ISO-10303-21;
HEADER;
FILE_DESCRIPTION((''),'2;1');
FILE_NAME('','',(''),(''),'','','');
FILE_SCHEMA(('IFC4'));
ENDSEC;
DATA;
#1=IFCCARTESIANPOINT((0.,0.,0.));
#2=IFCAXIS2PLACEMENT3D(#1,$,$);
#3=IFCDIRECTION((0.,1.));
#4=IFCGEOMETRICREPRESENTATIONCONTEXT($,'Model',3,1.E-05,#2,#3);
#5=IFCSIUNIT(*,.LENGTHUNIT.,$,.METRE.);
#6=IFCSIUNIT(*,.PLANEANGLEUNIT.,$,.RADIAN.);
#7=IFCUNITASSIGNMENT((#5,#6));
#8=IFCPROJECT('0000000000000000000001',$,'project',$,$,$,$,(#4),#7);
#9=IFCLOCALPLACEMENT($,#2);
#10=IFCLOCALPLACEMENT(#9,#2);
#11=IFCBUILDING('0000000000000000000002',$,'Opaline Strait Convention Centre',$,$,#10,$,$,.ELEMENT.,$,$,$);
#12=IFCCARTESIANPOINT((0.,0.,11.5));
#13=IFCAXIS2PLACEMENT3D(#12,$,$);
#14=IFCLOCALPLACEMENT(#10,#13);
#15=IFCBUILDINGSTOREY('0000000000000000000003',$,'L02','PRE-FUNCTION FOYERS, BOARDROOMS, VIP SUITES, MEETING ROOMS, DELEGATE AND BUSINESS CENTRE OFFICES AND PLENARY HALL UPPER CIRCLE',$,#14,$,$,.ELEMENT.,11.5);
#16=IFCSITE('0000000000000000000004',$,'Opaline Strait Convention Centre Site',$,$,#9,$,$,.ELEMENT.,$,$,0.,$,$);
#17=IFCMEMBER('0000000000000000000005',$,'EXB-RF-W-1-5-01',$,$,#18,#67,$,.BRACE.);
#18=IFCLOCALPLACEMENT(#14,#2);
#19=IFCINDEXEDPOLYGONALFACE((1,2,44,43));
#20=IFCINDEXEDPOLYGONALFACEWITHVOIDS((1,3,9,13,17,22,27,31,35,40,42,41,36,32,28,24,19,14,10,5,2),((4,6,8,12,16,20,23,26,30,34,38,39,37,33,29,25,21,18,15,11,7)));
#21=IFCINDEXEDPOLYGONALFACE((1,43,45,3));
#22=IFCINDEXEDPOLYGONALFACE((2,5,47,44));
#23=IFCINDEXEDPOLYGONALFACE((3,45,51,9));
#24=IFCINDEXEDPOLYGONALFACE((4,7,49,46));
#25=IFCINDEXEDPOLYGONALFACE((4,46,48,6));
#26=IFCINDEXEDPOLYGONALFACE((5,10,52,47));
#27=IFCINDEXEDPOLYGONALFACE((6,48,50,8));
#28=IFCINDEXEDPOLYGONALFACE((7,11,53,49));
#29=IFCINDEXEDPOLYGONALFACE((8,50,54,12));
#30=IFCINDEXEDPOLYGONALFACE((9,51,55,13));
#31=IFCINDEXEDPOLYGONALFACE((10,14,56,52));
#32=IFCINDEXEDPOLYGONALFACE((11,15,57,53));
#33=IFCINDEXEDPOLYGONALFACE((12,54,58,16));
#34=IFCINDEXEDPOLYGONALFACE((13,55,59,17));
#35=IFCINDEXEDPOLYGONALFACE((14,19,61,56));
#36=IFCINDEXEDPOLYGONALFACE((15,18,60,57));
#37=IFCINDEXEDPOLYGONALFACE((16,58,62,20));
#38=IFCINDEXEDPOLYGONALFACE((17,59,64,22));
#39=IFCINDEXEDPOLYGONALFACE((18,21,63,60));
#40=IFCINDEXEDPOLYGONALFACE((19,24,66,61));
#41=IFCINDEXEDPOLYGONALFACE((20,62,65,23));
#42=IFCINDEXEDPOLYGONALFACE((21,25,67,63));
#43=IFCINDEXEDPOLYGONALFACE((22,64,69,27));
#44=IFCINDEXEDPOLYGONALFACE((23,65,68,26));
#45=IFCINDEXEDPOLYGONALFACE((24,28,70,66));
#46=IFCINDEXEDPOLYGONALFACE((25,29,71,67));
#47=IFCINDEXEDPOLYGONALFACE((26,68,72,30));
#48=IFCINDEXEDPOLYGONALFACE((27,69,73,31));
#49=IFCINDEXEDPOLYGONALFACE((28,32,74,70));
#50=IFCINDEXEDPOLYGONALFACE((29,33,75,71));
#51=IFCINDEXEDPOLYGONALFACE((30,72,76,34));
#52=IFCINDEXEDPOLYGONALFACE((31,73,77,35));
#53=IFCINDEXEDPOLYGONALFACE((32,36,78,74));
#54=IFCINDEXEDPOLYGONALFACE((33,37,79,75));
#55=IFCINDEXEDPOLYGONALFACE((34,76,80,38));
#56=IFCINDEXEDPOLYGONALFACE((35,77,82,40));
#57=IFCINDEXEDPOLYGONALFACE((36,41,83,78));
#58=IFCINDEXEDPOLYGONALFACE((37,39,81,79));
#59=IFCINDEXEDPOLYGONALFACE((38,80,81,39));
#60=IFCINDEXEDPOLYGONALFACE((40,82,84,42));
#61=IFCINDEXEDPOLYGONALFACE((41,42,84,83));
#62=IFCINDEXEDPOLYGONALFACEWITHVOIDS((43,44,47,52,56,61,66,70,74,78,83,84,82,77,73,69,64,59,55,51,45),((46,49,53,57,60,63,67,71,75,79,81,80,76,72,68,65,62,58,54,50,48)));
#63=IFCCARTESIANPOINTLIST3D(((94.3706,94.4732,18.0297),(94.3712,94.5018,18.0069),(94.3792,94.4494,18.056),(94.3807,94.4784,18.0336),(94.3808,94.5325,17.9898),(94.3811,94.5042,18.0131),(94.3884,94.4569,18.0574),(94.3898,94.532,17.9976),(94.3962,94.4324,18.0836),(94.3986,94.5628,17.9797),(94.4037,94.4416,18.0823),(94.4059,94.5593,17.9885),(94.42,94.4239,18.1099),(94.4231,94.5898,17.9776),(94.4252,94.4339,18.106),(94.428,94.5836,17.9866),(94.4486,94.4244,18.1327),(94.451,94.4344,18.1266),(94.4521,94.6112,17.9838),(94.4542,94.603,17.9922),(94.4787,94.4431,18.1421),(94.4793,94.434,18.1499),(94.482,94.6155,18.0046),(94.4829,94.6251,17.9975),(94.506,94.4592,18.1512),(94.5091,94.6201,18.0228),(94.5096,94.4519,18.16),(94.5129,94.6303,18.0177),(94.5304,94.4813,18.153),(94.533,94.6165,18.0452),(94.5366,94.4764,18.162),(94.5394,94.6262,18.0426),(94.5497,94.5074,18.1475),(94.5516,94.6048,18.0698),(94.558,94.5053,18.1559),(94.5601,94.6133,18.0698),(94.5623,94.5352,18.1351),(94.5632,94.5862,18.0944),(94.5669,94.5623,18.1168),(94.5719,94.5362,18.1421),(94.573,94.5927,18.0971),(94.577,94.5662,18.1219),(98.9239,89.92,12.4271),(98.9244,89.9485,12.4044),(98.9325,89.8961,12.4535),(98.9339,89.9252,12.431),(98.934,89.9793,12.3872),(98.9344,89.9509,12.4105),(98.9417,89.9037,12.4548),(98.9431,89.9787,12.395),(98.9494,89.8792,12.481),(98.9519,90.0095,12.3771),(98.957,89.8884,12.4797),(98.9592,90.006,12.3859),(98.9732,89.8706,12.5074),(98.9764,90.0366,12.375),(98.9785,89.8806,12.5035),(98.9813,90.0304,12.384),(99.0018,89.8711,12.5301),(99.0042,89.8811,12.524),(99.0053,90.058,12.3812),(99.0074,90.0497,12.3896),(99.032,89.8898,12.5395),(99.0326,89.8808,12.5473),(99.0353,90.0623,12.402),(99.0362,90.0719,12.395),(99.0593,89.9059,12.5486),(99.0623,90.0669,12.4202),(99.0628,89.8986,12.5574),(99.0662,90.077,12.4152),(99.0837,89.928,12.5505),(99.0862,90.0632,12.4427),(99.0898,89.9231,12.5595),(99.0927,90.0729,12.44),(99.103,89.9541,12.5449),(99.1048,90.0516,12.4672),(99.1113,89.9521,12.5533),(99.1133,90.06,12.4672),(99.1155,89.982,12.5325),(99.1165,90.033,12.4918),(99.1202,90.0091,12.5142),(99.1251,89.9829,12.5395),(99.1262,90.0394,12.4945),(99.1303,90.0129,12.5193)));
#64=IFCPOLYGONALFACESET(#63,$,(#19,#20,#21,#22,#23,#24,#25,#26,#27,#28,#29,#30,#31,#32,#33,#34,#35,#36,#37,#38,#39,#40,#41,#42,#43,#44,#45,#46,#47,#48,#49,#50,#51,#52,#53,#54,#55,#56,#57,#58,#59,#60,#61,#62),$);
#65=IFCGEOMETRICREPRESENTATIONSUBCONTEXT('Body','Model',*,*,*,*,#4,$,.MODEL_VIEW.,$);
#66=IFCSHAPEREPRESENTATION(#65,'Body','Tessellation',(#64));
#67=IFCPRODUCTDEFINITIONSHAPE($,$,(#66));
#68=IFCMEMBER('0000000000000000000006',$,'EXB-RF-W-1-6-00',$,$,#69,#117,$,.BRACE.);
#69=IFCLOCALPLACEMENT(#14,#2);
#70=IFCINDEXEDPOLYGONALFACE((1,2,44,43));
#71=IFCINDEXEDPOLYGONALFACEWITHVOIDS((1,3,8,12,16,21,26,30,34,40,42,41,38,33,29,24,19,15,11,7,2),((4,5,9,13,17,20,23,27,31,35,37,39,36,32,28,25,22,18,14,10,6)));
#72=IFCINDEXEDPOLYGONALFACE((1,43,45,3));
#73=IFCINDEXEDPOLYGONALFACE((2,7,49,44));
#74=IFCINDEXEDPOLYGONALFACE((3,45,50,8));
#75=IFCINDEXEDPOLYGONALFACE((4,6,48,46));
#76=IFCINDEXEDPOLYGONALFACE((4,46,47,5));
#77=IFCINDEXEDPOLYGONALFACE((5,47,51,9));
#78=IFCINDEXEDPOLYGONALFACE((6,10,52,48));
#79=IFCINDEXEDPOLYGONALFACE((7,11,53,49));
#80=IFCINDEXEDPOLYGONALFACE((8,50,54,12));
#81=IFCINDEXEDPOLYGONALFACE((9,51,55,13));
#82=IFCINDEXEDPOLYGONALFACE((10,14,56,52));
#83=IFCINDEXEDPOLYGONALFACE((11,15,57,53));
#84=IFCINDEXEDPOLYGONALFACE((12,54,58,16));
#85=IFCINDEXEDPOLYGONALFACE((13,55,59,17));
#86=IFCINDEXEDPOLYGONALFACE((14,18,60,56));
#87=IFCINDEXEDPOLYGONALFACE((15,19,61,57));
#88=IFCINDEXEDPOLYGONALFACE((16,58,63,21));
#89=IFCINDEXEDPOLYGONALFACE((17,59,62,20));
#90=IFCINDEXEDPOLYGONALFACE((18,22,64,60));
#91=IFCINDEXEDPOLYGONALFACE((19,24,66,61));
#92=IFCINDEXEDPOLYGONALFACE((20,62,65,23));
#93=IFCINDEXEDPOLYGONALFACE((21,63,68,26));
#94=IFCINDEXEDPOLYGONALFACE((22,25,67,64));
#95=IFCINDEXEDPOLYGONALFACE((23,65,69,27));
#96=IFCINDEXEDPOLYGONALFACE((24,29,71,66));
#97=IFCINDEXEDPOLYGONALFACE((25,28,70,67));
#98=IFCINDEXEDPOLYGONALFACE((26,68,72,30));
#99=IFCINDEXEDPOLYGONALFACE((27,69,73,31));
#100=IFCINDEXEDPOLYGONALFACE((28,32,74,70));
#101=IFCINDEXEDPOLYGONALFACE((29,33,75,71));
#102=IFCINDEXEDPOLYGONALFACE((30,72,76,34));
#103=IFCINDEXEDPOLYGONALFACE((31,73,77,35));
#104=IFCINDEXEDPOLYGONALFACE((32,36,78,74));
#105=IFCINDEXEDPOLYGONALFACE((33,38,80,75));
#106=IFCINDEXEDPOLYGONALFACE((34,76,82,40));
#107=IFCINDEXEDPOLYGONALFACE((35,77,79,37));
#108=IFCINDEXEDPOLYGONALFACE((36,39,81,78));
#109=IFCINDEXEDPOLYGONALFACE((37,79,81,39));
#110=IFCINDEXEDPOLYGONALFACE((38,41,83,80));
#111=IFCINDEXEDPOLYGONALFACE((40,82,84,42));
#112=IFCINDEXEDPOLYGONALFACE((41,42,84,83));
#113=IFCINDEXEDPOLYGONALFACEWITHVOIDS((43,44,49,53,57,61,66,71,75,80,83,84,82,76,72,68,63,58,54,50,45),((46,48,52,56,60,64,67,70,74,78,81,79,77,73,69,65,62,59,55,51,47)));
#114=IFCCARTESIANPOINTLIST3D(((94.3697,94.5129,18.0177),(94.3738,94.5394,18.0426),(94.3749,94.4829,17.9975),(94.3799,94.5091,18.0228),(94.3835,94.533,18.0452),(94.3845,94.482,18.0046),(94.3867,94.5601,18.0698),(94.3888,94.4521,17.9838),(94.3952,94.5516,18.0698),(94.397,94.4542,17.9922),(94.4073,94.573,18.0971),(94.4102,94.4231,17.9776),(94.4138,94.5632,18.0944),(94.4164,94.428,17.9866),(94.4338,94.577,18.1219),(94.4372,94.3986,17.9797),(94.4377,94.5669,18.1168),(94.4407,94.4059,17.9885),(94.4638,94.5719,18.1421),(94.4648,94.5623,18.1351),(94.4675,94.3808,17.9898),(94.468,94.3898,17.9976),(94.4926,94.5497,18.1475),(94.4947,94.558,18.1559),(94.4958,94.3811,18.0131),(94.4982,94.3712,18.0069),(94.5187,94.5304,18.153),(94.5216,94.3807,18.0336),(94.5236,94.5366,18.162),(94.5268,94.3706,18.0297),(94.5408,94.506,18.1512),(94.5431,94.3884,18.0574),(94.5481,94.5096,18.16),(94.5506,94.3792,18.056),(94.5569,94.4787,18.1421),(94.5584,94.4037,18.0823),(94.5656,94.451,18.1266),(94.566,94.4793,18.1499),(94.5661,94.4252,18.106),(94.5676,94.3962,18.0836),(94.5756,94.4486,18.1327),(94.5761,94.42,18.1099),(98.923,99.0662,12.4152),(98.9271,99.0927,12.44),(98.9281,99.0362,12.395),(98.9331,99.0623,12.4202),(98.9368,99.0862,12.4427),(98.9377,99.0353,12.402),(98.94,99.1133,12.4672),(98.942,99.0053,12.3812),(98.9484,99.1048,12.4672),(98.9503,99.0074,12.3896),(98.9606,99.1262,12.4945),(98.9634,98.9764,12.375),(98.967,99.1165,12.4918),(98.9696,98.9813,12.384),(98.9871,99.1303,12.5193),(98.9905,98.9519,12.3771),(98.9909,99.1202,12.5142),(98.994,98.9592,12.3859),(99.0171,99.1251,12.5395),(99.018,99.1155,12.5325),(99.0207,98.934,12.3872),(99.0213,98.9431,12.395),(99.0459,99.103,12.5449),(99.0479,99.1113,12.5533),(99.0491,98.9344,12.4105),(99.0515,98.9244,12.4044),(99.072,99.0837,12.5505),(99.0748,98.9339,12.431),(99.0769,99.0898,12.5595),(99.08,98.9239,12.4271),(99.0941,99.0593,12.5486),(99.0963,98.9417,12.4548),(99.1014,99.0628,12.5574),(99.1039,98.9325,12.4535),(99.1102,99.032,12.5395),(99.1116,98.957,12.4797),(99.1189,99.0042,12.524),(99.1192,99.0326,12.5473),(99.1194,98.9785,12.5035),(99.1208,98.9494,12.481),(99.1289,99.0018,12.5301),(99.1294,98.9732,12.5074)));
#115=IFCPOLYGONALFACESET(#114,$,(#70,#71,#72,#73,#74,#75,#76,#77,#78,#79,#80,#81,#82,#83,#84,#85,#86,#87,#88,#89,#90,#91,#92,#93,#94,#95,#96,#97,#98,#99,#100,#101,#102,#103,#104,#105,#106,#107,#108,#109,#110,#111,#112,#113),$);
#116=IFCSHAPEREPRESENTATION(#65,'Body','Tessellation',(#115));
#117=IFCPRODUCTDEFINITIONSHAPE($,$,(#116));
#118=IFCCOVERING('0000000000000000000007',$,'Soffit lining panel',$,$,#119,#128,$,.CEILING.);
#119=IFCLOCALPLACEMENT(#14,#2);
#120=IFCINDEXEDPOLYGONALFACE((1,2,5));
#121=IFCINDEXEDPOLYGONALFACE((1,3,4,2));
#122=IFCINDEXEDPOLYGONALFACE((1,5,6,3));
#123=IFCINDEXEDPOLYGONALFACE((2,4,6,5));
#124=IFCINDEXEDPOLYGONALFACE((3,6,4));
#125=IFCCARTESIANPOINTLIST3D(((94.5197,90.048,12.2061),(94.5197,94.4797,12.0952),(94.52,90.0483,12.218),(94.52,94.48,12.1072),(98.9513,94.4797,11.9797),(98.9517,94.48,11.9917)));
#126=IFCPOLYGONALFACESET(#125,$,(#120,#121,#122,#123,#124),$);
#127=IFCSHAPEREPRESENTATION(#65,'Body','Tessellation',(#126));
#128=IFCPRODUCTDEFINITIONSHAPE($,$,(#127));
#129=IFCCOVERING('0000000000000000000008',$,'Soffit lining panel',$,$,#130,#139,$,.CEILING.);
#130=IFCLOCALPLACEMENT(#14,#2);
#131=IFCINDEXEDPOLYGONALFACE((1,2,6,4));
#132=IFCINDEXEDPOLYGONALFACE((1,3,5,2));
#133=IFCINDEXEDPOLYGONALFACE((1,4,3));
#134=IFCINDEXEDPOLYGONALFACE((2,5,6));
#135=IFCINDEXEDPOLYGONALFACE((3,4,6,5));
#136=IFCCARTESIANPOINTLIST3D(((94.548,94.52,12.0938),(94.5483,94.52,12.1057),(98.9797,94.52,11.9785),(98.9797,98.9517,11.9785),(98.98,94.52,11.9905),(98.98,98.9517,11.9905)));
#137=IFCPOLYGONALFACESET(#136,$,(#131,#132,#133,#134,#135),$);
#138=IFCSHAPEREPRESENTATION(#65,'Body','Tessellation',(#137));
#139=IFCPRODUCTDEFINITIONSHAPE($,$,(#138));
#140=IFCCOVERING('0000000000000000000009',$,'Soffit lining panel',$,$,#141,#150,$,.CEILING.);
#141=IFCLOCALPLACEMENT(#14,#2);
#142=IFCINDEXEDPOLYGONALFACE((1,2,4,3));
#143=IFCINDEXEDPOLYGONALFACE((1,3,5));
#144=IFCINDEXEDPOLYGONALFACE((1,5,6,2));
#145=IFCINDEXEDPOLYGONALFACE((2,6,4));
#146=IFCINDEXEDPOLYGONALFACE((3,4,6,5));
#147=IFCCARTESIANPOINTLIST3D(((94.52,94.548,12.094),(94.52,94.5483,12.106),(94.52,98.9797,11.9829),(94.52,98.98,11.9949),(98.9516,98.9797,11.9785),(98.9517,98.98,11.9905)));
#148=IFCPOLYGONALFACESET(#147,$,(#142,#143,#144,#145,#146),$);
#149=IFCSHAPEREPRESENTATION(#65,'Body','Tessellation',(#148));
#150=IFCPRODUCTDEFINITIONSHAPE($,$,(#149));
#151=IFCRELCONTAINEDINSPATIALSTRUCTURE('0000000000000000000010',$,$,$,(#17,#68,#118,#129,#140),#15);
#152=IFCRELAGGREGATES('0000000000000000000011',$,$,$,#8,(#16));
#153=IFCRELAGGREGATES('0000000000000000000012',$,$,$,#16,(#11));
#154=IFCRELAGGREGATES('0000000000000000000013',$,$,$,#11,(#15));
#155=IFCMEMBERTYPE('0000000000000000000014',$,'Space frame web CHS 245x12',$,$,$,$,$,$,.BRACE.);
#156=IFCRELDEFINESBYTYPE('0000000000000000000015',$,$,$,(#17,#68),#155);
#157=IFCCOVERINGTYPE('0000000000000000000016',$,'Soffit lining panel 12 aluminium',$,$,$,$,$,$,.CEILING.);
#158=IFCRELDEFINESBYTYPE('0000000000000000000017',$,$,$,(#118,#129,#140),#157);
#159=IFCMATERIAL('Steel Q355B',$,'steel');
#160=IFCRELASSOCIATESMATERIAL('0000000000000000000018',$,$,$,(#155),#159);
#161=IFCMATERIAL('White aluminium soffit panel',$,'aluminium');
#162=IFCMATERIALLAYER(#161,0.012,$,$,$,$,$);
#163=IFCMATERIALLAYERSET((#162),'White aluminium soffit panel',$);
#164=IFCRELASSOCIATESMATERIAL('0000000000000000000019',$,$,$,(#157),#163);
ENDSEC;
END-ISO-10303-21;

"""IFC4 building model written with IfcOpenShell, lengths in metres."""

from ifc_helpers import new_model, si_unit, direction, frame, origin, origin_2d, place, context, subcontext, project, spatial, polyline, hollow_circle, outline, extrude, material, layer, layer_set, material_profile, profile_set, type_object, element, save


model = new_model("IFC4")

# Units and contexts
model_context = context("Model", 3, precision=1e-05, world=origin(), true_north=direction((0.0, 1.0)))
body_context = subcontext(model_context, "Body", "Model", "MODEL_VIEW")
ifc_project = project(units=[si_unit("LENGTHUNIT", "METRE"), si_unit("PLANEANGLEUNIT", "RADIAN")], contexts=[model_context])

# Site, building, storey
site_placement = place(None, origin())
site = spatial("IfcSite", under=ifc_project, at=site_placement, Name="Opaline Strait Convention Centre Site", CompositionType="ELEMENT", RefElevation=0.0)
building_placement = place(site_placement, origin())
building = spatial("IfcBuilding", under=site, at=building_placement, Name="Opaline Strait Convention Centre", CompositionType="ELEMENT")
storey_placement = place(building_placement, frame((0.0, 0.0, 11.5)))
storey = spatial("IfcBuildingStorey", under=building, at=storey_placement, Name="L02", Description="PRE-FUNCTION FOYERS, BOARDROOMS, VIP SUITES, MEETING ROOMS, DELEGATE AND BUSINESS CENTRE OFFICES AND PLENARY HALL UPPER CIRCLE", CompositionType="ELEMENT", Elevation=11.5)

# Members
ifc_material_1 = material(Name="Steel Q355B", Category="steel")
ifc_material_profile_1 = material_profile(ifc_material_1, hollow_circle(Radius=0.1226, WallThickness=0.012, at=origin_2d()), Name="CHS 245x12")
ifc_profile_set_1 = profile_set([ifc_material_profile_1], Name="Steel Q355B")
member_type_1 = type_object("IfcMemberType", Name="Space frame web CHS 245x12", PredefinedType="BRACE", material=ifc_profile_set_1)
for number, where, z_axis, x_axis, name in (
    (1, (94.4734, 94.5266, 18.0698), (0.533455, -0.533455, -0.656393), (0.707107, 0.707107, 0.0), "EXB-RF-W-1-5-01"),
    (2, (94.4734, 94.4734, 18.0698), (0.533455, 0.533455, -0.656393), (-0.707107, 0.707107, 0.0), "EXB-RF-W-1-6-00"),
):
    element("IfcMember", number, at=place(storey_placement, frame(where, z_axis=z_axis, x_axis=x_axis)), inside=storey, type_object=member_type_1, Name=name, PredefinedType="BRACE", context=body_context, shape_type="SweptSolid", body=[
        extrude(hollow_circle(Radius=0.1226, WallThickness=0.012, at=origin_2d()), origin(), (0.0, 0.0, 1.0), 8.5354),
    ])

# Coverings
ifc_material_2 = material(Name="White aluminium soffit panel", Category="aluminium")
ifc_layer = layer(ifc_material_2, 0.012)
ifc_layer_set = layer_set([ifc_layer], Name="White aluminium soffit panel")
covering_type = type_object("IfcCoveringType", Name="Soffit lining panel 12 aluminium", PredefinedType="CEILING", material=ifc_layer_set)
covering_1_placement = place(storey_placement, frame((94.52, 90.0483, 12.218), z_axis=(0.026041, 0.024995, 0.999348), x_axis=(0.0, 0.999687, -0.025003)))
element("IfcCovering", 3, at=covering_1_placement, inside=storey, type_object=covering_type, Name="Soffit lining panel", PredefinedType="CEILING", context=body_context, shape_type="SweptSolid", body=[
    extrude(outline(polyline([(0.0, 0.0), (4.433, 0.0), (4.4359, -4.4331), (0.0, 0.0)])), origin(), (0.0, 0.0, -1.0), 0.012),
])
covering_2_placement = place(storey_placement, frame((94.5483, 94.52, 12.1057), z_axis=(0.025994, 0.0, 0.999662), x_axis=(0.706987, 0.706987, -0.018384)))
element("IfcCovering", 4, at=covering_2_placement, inside=storey, type_object=covering_type, Name="Soffit lining panel", PredefinedType="CEILING", context=body_context, shape_type="SweptSolid", body=[
    extrude(outline(polyline([(0.0, 0.0), (6.2683, 0.0), (3.1352, -3.1342), (0.0, 0.0)])), origin(), (0.0, 0.0, -1.0), 0.012),
])
covering_3_placement = place(storey_placement, frame((94.52, 94.5483, 12.106), z_axis=(0.000991, 0.025058, 0.999686), x_axis=(0.0, 0.999686, -0.025058)))
element("IfcCovering", 5, at=covering_3_placement, inside=storey, type_object=covering_type, Name="Soffit lining panel", PredefinedType="CEILING", context=body_context, shape_type="SweptSolid", body=[
    extrude(outline(polyline([(0.0, 0.0), (4.433, 0.0), (4.4331, -4.4316), (0.0, 0.0)])), origin(), (0.0, 0.0, -1.0), 0.012),
])

save(model, "model.ifc")
